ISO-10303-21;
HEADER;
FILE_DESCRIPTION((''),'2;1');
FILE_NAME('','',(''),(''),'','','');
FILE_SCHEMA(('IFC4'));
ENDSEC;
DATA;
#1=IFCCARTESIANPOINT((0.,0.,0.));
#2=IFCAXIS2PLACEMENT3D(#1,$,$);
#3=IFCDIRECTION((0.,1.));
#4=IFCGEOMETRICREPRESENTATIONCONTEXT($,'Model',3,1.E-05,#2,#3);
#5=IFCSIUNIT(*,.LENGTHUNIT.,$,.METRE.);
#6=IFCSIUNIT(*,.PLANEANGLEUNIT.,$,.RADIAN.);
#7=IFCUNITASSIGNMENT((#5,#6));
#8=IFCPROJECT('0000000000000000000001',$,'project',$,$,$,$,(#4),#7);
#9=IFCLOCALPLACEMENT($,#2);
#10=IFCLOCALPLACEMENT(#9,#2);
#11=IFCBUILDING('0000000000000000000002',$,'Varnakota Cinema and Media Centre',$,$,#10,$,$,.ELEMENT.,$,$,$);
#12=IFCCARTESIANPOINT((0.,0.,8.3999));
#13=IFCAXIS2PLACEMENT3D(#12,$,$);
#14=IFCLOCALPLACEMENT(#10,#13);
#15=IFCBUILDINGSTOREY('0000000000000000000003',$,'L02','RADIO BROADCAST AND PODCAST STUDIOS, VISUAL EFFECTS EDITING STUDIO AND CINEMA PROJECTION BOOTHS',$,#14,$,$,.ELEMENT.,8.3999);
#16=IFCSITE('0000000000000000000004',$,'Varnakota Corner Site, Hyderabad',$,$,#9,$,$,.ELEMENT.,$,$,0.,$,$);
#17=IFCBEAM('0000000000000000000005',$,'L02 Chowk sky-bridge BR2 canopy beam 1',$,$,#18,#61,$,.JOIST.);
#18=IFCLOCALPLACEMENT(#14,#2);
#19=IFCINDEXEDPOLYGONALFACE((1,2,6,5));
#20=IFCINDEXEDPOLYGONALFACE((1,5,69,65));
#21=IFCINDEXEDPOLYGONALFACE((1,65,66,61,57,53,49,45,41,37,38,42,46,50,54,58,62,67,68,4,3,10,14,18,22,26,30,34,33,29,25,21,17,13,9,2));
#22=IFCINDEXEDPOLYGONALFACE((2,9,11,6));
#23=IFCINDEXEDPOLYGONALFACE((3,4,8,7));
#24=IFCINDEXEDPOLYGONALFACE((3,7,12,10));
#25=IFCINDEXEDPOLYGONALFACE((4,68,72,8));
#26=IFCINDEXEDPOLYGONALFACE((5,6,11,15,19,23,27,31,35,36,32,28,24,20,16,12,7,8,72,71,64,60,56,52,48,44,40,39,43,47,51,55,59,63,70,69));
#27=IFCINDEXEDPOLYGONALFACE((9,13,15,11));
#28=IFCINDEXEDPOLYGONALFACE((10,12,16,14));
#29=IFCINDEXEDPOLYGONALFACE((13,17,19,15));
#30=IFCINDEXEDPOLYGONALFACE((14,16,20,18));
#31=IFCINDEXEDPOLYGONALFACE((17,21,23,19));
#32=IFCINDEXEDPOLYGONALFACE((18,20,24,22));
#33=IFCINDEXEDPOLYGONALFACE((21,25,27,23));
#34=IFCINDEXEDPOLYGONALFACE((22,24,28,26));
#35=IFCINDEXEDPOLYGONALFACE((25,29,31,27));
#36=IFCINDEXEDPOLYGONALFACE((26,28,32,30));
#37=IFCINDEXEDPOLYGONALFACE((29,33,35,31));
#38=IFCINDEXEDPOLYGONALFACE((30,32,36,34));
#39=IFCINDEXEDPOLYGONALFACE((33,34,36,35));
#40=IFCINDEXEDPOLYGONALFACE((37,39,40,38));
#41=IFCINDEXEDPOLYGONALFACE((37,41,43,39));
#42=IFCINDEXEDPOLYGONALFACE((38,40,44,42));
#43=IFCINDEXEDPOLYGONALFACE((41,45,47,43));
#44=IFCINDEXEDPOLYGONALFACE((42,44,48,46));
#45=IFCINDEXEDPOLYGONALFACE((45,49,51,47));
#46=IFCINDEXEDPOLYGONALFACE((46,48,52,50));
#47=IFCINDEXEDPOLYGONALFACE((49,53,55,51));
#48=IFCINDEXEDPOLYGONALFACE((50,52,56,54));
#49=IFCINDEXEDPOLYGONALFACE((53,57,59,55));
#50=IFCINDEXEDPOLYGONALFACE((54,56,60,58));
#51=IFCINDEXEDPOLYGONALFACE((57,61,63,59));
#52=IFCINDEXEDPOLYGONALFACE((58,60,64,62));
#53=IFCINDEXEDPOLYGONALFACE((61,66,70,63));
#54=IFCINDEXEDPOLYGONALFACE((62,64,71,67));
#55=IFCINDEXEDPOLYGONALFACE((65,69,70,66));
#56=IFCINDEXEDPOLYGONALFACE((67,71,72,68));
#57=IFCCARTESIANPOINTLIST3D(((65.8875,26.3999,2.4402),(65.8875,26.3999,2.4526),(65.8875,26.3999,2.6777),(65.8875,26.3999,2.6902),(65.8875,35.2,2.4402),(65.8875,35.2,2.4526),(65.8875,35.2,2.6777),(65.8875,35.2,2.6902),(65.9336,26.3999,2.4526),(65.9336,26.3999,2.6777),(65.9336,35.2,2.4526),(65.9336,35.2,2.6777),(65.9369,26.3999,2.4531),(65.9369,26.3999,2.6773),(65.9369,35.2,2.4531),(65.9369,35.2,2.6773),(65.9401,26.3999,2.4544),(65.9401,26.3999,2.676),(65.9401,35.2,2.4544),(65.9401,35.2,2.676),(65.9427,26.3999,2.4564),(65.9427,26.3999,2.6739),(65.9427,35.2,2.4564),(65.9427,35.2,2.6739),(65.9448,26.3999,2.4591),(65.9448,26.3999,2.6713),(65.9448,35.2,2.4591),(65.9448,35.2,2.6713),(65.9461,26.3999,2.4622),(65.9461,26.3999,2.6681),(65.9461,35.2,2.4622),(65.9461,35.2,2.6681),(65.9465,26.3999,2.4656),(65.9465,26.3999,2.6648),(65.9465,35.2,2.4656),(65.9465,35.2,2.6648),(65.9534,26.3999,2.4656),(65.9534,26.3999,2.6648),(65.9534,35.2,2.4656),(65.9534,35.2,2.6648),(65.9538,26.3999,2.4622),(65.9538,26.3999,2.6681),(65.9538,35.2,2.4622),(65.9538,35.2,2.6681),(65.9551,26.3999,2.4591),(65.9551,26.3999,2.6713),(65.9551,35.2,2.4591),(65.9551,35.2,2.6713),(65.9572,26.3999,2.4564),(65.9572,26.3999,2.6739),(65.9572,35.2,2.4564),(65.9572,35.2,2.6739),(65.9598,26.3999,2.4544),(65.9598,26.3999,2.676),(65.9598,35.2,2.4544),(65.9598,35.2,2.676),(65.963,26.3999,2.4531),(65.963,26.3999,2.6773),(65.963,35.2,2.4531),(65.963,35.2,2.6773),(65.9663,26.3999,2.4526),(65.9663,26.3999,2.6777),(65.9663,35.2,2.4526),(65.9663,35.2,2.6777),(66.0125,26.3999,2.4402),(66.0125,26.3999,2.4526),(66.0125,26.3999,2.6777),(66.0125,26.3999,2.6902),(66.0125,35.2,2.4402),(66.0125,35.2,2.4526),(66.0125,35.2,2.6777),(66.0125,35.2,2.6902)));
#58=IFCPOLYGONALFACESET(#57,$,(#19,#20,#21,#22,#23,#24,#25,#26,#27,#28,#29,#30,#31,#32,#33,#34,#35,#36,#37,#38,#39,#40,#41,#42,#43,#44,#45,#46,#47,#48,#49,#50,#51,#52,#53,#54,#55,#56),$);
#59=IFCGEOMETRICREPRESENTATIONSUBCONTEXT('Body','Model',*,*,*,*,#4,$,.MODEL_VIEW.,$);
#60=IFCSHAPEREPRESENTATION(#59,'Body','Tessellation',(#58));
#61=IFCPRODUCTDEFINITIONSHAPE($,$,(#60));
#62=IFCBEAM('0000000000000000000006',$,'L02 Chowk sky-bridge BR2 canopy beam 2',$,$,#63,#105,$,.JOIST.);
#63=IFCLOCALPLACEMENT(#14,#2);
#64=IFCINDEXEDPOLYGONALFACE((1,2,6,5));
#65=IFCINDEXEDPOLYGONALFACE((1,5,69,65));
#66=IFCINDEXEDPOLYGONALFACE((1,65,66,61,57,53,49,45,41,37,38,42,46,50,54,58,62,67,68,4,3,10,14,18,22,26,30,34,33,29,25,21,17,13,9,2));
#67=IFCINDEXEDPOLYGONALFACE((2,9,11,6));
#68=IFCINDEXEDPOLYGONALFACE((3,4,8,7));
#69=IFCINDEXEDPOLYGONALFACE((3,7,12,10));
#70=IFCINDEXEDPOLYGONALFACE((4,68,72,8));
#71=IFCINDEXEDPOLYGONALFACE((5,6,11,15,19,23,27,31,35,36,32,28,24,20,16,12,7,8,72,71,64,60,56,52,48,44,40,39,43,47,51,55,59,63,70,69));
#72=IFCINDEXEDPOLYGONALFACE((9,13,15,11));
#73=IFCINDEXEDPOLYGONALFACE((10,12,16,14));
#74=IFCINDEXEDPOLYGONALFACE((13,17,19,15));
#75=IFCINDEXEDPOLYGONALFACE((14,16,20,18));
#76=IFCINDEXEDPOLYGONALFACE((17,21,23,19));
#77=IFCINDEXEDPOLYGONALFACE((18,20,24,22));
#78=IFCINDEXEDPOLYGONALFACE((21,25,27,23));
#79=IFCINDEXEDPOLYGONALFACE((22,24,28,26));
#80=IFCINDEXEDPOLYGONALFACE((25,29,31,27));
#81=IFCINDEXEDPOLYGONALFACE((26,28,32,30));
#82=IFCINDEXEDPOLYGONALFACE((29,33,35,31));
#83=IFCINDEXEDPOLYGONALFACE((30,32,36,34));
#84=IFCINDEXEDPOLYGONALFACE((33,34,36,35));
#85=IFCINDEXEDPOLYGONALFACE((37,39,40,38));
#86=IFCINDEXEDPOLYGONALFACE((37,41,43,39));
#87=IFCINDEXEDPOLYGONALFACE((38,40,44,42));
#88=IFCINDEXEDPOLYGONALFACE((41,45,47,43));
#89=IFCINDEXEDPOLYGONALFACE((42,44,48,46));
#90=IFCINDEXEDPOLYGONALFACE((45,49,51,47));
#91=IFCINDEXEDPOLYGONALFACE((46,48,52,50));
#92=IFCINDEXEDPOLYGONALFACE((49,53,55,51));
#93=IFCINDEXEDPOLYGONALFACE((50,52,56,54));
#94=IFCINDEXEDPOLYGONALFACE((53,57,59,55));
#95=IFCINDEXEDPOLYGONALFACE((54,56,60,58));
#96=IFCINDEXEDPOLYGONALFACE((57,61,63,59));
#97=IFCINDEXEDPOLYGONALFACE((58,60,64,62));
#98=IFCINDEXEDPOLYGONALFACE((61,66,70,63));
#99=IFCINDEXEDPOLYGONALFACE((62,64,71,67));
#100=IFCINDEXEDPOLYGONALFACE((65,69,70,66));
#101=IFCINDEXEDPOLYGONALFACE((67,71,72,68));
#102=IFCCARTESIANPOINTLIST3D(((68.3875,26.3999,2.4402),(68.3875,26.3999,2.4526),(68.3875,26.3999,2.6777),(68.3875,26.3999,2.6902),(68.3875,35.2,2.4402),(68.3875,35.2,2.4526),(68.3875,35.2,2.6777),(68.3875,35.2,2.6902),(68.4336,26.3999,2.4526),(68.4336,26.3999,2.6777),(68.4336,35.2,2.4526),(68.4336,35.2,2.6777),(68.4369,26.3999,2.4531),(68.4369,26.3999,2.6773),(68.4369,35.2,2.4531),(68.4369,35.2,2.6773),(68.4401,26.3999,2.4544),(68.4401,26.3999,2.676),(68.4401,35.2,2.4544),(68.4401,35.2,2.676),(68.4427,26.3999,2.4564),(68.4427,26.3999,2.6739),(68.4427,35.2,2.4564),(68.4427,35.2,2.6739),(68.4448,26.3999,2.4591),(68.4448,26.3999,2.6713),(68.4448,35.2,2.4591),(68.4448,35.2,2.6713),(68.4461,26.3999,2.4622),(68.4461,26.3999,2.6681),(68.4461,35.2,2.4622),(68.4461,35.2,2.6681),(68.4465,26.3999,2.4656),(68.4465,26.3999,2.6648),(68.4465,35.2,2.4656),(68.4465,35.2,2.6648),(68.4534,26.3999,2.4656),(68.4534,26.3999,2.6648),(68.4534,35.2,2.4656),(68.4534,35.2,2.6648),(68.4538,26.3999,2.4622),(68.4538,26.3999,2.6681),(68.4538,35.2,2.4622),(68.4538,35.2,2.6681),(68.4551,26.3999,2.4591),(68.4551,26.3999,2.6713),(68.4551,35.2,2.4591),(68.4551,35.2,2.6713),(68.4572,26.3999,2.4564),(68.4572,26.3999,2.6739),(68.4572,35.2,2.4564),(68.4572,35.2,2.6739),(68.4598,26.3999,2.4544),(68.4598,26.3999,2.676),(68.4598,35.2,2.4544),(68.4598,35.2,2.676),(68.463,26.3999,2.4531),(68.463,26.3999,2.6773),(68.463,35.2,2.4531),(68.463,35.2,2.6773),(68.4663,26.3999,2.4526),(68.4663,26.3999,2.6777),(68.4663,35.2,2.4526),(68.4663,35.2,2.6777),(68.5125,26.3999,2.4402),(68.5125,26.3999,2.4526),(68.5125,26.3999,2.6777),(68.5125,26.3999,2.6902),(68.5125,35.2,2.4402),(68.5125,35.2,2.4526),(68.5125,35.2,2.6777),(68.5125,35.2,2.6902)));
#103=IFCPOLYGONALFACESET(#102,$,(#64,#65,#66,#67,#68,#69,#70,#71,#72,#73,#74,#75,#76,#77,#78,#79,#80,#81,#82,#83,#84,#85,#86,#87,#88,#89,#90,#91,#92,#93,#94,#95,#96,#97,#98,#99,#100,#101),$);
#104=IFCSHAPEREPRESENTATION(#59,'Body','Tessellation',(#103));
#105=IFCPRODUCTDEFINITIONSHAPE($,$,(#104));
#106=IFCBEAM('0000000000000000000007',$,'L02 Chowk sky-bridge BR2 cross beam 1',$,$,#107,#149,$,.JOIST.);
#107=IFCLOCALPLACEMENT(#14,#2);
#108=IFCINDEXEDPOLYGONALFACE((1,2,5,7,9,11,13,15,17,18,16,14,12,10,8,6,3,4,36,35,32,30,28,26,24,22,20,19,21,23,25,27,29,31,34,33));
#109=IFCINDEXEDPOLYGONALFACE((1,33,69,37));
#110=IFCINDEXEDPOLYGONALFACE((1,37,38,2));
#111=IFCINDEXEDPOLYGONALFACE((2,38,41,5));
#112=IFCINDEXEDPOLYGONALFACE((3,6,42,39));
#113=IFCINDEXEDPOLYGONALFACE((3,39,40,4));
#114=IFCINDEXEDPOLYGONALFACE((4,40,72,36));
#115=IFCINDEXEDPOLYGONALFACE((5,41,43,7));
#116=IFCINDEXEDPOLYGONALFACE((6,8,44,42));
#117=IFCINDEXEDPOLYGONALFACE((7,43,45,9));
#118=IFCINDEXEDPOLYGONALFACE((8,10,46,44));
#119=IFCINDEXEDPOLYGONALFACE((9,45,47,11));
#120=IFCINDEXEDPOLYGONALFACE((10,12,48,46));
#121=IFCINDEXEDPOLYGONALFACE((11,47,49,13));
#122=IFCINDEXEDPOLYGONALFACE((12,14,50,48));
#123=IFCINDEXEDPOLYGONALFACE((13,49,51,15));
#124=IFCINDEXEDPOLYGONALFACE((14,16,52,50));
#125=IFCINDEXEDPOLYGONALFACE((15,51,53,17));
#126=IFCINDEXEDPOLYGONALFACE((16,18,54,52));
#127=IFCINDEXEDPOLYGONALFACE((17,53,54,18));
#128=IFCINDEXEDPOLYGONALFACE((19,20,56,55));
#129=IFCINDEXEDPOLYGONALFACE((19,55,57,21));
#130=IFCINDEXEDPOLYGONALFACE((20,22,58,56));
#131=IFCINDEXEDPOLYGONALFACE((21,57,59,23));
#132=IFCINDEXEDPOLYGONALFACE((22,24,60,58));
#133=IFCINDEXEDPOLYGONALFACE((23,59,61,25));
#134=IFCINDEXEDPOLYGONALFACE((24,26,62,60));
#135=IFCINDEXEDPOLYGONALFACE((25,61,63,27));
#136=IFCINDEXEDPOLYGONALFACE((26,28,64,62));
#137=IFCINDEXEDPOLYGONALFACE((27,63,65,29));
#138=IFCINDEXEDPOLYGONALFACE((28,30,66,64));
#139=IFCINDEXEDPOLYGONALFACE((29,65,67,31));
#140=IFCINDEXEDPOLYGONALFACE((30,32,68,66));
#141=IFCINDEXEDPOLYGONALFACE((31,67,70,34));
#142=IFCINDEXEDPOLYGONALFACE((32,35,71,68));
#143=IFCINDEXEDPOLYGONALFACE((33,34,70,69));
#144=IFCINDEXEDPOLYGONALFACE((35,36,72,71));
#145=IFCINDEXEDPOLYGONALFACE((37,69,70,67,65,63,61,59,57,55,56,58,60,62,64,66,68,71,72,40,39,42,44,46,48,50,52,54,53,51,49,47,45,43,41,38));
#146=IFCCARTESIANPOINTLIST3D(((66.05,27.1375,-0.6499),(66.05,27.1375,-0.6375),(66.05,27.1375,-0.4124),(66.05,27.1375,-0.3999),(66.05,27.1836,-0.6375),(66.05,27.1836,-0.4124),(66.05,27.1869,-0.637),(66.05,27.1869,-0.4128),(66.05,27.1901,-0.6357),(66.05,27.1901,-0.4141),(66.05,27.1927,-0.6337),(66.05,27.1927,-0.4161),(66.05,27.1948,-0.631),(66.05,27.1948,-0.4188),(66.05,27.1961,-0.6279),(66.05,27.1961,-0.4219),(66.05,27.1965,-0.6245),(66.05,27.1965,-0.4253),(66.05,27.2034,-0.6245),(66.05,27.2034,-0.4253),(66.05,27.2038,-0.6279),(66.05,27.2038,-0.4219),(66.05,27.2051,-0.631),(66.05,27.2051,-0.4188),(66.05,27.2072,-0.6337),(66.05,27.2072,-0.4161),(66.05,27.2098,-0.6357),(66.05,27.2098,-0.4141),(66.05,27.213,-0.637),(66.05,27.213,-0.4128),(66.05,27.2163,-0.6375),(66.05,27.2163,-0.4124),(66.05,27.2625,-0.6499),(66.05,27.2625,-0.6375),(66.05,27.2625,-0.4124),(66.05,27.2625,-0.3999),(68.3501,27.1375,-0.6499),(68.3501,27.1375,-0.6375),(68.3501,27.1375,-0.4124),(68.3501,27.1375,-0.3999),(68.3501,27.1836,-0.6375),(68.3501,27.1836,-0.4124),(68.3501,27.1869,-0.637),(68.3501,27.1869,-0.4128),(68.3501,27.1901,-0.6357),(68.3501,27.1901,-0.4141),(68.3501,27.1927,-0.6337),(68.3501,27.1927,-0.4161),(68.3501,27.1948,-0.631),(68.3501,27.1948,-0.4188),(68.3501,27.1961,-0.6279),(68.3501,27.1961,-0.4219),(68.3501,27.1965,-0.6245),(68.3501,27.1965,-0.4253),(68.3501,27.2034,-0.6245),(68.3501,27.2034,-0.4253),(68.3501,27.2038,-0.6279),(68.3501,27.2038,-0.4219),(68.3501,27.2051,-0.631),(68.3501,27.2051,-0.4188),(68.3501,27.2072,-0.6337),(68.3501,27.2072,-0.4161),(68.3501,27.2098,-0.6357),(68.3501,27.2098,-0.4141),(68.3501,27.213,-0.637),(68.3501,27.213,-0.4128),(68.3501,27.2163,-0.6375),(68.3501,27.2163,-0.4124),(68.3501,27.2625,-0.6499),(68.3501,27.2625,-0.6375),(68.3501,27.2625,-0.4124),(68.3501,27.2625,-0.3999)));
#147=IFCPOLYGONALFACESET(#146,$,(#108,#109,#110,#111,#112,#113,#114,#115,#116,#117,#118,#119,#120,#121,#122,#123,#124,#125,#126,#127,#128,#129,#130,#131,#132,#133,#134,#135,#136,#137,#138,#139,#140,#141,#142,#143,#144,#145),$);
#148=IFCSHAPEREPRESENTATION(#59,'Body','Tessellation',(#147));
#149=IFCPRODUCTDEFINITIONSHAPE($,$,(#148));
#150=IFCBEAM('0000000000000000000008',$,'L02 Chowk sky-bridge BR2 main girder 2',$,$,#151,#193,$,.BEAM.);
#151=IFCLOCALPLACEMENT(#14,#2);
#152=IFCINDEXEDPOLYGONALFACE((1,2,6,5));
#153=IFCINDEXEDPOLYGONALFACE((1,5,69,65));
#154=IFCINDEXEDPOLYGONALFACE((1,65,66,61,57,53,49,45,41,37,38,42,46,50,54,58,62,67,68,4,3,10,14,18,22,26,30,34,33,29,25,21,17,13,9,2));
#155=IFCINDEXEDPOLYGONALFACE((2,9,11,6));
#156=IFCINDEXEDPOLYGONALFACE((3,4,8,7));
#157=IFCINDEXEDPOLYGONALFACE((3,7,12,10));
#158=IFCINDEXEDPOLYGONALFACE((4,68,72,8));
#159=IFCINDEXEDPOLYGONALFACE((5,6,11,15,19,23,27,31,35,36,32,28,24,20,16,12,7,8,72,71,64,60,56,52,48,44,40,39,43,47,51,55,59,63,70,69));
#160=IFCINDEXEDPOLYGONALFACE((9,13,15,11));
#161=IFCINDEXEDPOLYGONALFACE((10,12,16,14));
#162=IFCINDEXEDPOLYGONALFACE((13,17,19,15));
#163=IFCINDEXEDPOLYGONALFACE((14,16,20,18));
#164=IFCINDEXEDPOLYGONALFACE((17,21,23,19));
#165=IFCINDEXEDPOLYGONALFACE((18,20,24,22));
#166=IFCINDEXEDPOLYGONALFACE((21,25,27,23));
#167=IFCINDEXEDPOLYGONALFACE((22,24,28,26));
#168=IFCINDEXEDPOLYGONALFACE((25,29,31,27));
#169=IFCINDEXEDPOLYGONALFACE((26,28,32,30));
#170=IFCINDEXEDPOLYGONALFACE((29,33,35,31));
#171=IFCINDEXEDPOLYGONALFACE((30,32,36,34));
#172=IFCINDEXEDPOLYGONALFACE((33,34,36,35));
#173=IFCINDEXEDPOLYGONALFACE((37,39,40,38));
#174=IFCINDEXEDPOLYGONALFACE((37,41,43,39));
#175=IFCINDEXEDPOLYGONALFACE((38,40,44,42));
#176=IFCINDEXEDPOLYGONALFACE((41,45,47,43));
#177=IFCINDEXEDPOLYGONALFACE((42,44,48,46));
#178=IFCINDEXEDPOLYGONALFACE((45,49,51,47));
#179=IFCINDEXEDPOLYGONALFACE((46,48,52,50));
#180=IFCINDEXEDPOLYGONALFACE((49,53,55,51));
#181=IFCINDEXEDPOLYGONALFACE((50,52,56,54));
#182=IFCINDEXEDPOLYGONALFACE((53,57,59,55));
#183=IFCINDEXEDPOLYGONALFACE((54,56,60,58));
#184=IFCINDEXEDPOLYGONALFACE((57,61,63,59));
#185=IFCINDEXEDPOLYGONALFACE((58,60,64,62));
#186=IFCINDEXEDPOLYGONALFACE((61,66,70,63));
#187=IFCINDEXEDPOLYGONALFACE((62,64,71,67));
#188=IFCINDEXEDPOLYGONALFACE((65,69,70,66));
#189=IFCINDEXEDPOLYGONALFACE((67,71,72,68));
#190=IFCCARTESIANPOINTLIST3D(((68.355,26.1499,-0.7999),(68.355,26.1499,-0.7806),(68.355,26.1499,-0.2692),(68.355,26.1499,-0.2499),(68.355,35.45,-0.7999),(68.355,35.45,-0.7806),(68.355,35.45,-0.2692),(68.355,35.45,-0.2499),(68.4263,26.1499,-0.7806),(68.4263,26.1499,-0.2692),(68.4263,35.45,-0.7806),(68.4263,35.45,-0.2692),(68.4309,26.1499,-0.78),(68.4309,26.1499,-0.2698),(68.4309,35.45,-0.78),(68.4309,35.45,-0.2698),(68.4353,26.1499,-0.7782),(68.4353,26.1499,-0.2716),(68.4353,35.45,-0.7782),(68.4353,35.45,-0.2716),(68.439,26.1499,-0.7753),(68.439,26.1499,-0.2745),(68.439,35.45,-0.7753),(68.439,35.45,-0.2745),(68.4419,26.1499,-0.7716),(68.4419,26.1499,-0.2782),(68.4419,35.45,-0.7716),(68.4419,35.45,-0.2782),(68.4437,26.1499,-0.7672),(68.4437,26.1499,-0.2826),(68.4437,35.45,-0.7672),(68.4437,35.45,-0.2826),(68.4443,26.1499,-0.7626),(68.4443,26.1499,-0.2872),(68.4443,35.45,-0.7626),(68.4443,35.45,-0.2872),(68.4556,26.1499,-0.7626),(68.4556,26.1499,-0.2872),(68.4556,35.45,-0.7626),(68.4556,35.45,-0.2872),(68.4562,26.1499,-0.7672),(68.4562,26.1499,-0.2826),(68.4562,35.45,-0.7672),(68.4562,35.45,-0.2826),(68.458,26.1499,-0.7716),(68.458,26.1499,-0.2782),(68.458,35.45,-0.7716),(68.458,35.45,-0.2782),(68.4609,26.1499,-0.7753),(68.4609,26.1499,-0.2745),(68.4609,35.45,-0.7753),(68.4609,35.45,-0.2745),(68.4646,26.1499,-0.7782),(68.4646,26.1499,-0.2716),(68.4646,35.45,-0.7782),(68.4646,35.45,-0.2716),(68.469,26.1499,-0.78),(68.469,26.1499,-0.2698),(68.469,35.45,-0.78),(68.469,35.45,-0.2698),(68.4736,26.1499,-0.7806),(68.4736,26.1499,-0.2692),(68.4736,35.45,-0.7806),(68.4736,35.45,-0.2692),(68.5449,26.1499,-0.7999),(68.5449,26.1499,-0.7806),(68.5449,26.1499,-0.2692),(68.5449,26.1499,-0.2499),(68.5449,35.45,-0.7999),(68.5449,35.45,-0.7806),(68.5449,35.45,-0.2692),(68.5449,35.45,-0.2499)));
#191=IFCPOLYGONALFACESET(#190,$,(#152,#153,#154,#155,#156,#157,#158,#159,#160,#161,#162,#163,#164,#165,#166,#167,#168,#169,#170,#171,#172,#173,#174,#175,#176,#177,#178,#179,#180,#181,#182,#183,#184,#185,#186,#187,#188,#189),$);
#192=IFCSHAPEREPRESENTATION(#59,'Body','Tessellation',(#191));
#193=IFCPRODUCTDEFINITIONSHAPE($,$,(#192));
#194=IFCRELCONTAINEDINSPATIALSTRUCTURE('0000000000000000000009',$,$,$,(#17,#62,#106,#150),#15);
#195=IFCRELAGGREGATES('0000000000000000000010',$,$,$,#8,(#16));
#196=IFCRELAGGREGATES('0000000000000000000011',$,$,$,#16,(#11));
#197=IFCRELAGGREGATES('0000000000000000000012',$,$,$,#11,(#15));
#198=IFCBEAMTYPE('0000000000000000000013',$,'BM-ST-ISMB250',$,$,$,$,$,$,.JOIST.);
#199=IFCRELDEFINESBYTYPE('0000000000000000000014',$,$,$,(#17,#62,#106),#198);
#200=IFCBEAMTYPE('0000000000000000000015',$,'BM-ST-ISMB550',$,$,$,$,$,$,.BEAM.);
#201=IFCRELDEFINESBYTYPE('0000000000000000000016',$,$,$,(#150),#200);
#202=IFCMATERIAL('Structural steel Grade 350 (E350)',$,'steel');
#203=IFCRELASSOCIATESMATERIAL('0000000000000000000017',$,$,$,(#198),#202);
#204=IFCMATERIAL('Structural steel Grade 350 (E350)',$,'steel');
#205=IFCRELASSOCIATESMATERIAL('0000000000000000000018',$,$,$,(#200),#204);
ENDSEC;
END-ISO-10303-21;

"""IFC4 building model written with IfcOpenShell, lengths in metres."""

from ifc_helpers import new_model, si_unit, direction, frame, origin, origin_2d, place, context, subcontext, project, spatial, i_section, extrude, material, material_profile, profile_set, type_object, element, save


model = new_model("IFC4")

# Units and contexts
model_context = context("Model", 3, precision=1e-05, world=origin(), true_north=direction((0.0, 1.0)))
body_context = subcontext(model_context, "Body", "Model", "MODEL_VIEW")
ifc_project = project(units=[si_unit("LENGTHUNIT", "METRE"), si_unit("PLANEANGLEUNIT", "RADIAN")], contexts=[model_context])

# Site, building, storey
site_placement = place(None, origin())
site = spatial("IfcSite", under=ifc_project, at=site_placement, Name="Varnakota Corner Site, Hyderabad", CompositionType="ELEMENT", RefElevation=0.0)
building_placement = place(site_placement, origin())
building = spatial("IfcBuilding", under=site, at=building_placement, Name="Varnakota Cinema and Media Centre", CompositionType="ELEMENT")
storey_placement = place(building_placement, frame((0.0, 0.0, 8.3999)))
storey = spatial("IfcBuildingStorey", under=building, at=storey_placement, Name="L02", Description="RADIO BROADCAST AND PODCAST STUDIOS, VISUAL EFFECTS EDITING STUDIO AND CINEMA PROJECTION BOOTHS", CompositionType="ELEMENT", Elevation=8.3999)

# Beams
ifc_material_1 = material(Name="Structural steel Grade 350 (E350)", Category="steel")
ifc_material_profile_1 = material_profile(ifc_material_1, i_section(OverallWidth=0.125, OverallDepth=0.25, WebThickness=0.0068, FlangeThickness=0.0125, FilletRadius=0.0129, at=origin_2d()), Name="ISMB 250")
ifc_profile_set_1 = profile_set([ifc_material_profile_1], Name="Structural steel Grade 350 (E350)")
beam_type_1 = type_object("IfcBeamType", Name="BM-ST-ISMB250", PredefinedType="JOIST", material=ifc_profile_set_1)
for number, where, z_axis, x_axis, name in (
    (1, (65.95, 26.3999, 2.5652), (0.0, 1.0, 0.0), (-1.0, 0.0, 0.0), "L02 Chowk sky-bridge BR2 canopy beam 1"),
    (2, (68.45, 26.3999, 2.5652), (0.0, 1.0, 0.0), (-1.0, 0.0, 0.0), "L02 Chowk sky-bridge BR2 canopy beam 2"),
):
    element("IfcBeam", number, at=place(storey_placement, frame(where, z_axis=z_axis, x_axis=x_axis)), inside=storey, type_object=beam_type_1, Name=name, PredefinedType="JOIST", context=body_context, shape_type="SweptSolid", body=[
        extrude(i_section(OverallWidth=0.125, OverallDepth=0.25, WebThickness=0.0068, FlangeThickness=0.0125, FilletRadius=0.0129, at=origin_2d()), origin(), (0.0, 0.0, 1.0), 8.8),
    ])
beam_1_placement = place(storey_placement, frame((66.05, 27.2, -0.5249), z_axis=(1.0, 0.0, 0.0), x_axis=(0.0, 1.0, 0.0)))
element("IfcBeam", 3, at=beam_1_placement, inside=storey, type_object=beam_type_1, Name="L02 Chowk sky-bridge BR2 cross beam 1", PredefinedType="JOIST", context=body_context, shape_type="SweptSolid", body=[
    extrude(i_section(OverallWidth=0.125, OverallDepth=0.25, WebThickness=0.0068, FlangeThickness=0.0125, FilletRadius=0.0129, at=origin_2d()), origin(), (0.0, 0.0, 1.0), 2.3),
])
ifc_material_2 = material(Name="Structural steel Grade 350 (E350)", Category="steel")
ifc_material_profile_2 = material_profile(ifc_material_2, i_section(OverallWidth=0.1899, OverallDepth=0.55, WebThickness=0.0112, FlangeThickness=0.0193, FilletRadius=0.0181, at=origin_2d()), Name="ISMB 550")
ifc_profile_set_2 = profile_set([ifc_material_profile_2], Name="Structural steel Grade 350 (E350)")
beam_type_2 = type_object("IfcBeamType", Name="BM-ST-ISMB550", PredefinedType="BEAM", material=ifc_profile_set_2)
beam_2_placement = place(storey_placement, frame((68.45, 26.1499, -0.5249), z_axis=(0.0, 1.0, 0.0), x_axis=(-1.0, 0.0, 0.0)))
element("IfcBeam", 4, at=beam_2_placement, inside=storey, type_object=beam_type_2, Name="L02 Chowk sky-bridge BR2 main girder 2", PredefinedType="BEAM", context=body_context, shape_type="SweptSolid", body=[
    extrude(i_section(OverallWidth=0.1899, OverallDepth=0.55, WebThickness=0.0112, FlangeThickness=0.0193, FilletRadius=0.0181, at=origin_2d()), origin(), (0.0, 0.0, 1.0), 9.3),
])

save(model, "model.ifc")
